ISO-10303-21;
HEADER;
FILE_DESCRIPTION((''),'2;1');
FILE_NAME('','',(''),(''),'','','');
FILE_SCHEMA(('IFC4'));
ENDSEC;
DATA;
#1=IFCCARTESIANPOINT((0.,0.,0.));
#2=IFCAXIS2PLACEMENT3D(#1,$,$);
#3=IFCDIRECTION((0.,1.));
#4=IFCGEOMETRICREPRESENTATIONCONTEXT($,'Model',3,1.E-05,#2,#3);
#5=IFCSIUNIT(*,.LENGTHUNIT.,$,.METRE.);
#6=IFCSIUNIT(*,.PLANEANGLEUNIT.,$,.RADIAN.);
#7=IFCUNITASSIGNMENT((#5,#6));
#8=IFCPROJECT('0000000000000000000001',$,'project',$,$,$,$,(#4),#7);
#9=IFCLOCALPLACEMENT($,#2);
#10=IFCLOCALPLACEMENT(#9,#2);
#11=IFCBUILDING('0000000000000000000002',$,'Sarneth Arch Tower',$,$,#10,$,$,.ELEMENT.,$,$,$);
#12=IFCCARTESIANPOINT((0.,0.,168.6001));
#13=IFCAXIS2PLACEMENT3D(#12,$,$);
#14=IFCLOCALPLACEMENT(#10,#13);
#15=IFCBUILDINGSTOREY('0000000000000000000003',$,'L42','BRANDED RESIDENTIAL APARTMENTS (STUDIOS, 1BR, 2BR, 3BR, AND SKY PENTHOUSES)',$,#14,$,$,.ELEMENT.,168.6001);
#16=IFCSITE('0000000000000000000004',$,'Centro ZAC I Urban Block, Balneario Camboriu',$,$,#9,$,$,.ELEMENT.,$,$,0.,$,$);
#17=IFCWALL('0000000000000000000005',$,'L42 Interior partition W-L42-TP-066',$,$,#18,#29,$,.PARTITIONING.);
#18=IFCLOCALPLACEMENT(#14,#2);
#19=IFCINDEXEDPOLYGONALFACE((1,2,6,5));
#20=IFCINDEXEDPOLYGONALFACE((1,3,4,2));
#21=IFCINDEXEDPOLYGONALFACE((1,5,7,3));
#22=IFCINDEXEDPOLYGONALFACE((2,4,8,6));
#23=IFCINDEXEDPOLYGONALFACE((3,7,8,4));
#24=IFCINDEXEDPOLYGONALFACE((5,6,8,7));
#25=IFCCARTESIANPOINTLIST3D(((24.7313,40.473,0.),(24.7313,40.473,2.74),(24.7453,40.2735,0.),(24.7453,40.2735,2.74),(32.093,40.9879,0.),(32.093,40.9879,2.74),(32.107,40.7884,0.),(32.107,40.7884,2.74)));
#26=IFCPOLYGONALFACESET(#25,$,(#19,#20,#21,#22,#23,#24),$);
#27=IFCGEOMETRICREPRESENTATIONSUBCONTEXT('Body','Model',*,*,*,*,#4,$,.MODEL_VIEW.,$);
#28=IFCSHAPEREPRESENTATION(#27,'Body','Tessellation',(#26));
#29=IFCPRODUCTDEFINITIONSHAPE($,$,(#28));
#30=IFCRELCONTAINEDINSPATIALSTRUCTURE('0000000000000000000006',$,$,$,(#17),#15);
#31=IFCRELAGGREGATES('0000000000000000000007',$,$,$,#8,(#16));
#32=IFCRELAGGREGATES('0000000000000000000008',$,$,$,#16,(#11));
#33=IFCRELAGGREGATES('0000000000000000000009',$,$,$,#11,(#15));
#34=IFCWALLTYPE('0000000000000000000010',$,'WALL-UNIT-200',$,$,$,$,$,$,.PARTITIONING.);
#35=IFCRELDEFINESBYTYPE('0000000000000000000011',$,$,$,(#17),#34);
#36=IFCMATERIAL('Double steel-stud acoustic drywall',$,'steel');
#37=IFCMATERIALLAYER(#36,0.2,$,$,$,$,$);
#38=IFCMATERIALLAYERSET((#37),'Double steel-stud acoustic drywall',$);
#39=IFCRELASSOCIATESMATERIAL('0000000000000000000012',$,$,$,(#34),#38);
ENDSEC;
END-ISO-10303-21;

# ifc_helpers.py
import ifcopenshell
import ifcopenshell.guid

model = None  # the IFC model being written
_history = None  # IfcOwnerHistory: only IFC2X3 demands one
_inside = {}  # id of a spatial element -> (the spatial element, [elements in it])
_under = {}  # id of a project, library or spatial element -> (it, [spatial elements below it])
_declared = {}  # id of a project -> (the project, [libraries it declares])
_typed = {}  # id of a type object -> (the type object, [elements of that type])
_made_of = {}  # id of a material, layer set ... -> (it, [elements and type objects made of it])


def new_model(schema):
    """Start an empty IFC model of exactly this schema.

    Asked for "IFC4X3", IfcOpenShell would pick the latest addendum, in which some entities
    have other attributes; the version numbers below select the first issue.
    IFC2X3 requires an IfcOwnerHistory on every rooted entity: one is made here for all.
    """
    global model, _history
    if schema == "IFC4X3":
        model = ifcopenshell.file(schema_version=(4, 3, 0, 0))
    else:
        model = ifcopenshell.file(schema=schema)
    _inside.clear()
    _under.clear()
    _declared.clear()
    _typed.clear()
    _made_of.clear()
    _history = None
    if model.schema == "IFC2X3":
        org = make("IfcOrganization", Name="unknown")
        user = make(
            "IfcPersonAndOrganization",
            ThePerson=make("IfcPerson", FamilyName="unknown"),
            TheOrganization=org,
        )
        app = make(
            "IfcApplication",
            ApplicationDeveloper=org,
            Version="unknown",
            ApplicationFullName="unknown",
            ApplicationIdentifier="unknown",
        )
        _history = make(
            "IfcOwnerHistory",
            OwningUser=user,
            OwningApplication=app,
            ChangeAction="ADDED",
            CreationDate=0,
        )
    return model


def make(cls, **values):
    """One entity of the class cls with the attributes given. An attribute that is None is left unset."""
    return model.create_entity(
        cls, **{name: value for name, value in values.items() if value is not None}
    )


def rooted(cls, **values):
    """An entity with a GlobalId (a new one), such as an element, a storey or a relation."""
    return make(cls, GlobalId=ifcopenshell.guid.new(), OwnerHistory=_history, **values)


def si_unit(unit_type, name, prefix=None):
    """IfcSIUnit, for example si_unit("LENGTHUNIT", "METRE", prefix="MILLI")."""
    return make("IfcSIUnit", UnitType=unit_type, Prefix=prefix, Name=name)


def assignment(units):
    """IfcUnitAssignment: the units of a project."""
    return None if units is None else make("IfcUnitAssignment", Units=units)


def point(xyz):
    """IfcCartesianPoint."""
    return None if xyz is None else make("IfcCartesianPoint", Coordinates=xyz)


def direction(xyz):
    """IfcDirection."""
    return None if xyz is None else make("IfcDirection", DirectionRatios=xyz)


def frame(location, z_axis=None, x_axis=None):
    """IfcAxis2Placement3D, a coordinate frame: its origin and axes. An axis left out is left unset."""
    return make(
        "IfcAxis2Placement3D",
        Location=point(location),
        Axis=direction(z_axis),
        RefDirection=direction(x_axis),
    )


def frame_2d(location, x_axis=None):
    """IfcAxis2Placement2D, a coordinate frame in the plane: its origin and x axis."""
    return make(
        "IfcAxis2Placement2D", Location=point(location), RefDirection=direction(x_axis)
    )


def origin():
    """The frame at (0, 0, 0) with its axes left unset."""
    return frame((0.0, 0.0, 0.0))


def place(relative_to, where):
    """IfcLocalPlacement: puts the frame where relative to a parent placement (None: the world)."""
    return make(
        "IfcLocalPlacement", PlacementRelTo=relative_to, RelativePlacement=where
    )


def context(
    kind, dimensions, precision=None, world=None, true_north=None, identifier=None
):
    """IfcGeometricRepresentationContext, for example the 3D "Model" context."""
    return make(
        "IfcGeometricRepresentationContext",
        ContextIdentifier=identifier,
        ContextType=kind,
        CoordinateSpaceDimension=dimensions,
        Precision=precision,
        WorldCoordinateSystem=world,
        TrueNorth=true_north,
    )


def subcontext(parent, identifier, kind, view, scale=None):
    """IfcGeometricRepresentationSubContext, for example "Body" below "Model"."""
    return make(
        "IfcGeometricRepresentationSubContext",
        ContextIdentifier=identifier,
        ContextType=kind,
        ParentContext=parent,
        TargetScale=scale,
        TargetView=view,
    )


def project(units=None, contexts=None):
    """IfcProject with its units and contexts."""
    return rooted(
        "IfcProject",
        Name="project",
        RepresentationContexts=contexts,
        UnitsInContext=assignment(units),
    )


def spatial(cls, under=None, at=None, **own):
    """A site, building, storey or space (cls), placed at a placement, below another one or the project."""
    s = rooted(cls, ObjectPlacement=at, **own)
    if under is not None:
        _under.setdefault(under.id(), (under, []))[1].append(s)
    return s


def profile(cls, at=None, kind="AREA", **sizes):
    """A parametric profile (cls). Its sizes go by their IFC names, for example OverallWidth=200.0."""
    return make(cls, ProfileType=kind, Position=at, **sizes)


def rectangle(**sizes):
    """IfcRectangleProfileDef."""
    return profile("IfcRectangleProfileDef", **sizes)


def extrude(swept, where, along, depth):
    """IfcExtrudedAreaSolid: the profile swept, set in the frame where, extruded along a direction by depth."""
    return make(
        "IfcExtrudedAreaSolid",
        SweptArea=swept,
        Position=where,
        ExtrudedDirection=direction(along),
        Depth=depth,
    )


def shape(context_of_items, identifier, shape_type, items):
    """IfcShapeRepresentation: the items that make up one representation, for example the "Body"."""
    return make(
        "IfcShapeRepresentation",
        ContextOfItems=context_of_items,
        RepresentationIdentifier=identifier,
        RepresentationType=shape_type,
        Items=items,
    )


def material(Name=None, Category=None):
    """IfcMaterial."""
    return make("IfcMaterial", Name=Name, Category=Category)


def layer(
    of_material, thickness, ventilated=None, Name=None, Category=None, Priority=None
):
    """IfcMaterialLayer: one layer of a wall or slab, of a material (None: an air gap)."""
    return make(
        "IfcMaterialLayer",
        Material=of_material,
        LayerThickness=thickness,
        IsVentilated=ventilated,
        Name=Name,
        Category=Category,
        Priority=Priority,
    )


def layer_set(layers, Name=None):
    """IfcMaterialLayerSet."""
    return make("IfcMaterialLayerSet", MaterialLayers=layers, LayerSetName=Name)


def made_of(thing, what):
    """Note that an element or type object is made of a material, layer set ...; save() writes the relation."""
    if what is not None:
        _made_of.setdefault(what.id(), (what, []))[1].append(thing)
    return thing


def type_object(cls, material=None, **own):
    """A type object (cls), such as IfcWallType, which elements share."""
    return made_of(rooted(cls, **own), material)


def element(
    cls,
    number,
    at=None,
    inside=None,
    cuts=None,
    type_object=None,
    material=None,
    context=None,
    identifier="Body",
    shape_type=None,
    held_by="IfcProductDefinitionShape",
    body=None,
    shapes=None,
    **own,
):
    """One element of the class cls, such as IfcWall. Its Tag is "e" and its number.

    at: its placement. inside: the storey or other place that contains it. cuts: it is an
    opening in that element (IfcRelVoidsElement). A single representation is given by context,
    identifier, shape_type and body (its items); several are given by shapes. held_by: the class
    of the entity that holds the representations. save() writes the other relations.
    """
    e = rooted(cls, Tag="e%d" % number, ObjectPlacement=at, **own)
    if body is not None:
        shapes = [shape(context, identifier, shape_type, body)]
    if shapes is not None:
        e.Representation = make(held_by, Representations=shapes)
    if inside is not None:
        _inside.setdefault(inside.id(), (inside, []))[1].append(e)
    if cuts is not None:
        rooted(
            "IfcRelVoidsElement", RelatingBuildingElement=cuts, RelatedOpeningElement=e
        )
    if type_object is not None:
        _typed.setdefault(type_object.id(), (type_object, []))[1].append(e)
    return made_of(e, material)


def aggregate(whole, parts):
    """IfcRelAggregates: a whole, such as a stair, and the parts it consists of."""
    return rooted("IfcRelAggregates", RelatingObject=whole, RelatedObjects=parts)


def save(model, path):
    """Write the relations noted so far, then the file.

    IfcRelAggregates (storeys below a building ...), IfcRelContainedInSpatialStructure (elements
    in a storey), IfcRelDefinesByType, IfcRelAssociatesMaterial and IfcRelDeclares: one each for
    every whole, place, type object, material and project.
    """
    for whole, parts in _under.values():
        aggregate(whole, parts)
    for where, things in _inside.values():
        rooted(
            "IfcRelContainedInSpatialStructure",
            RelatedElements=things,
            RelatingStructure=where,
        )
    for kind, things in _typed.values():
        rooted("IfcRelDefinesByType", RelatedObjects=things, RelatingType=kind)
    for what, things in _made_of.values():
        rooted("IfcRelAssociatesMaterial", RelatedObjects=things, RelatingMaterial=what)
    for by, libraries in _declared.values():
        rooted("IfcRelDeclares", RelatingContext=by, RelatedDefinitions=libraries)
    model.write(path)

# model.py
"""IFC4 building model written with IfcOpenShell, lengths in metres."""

from ifc_helpers import new_model, si_unit, direction, frame, frame_2d, origin, place, context, subcontext, project, spatial, rectangle, extrude, material, layer, layer_set, type_object, element, save


model = new_model("IFC4")

# Units and contexts
model_context = context("Model", 3, precision=1e-05, world=origin(), true_north=direction((0.0, 1.0)))
body_context = subcontext(model_context, "Body", "Model", "MODEL_VIEW")
ifc_project = project(units=[si_unit("LENGTHUNIT", "METRE"), si_unit("PLANEANGLEUNIT", "RADIAN")], contexts=[model_context])

# Site, building, storey
site_placement = place(None, origin())
site = spatial("IfcSite", under=ifc_project, at=site_placement, Name="Centro ZAC I Urban Block, Balneario Camboriu", CompositionType="ELEMENT", RefElevation=0.0)
building_placement = place(site_placement, origin())
building = spatial("IfcBuilding", under=site, at=building_placement, Name="Sarneth Arch Tower", CompositionType="ELEMENT")
storey_placement = place(building_placement, frame((0.0, 0.0, 168.6001)))
storey = spatial("IfcBuildingStorey", under=building, at=storey_placement, Name="L42", Description="BRANDED RESIDENTIAL APARTMENTS (STUDIOS, 1BR, 2BR, 3BR, AND SKY PENTHOUSES)", CompositionType="ELEMENT", Elevation=168.6001)

# Wall
ifc_material_1 = material(Name="Double steel-stud acoustic drywall", Category="steel")
ifc_layer_1 = layer(ifc_material_1, 0.2)
ifc_layer_set_1 = layer_set([ifc_layer_1], Name="Double steel-stud acoustic drywall")
wall_type_1 = type_object("IfcWallType", Name="WALL-UNIT-200", PredefinedType="PARTITIONING", material=ifc_layer_set_1)
wall_1_placement = place(storey_placement, frame((32.1001, 40.8882, 0.0), z_axis=(0.0, 0.0, 1.0), x_axis=(-0.997563, -0.069773, 0.0)))
element("IfcWall", 1, at=wall_1_placement, inside=storey, type_object=wall_type_1, Name="L42 Interior partition W-L42-TP-066", PredefinedType="PARTITIONING", context=body_context, shape_type="SweptSolid", body=[
    extrude(rectangle(XDim=7.3796, YDim=0.2, at=frame_2d((3.6899, 0.0))), origin(), (0.0, 0.0, 1.0), 2.74),
])

save(model, "model.ifc")
